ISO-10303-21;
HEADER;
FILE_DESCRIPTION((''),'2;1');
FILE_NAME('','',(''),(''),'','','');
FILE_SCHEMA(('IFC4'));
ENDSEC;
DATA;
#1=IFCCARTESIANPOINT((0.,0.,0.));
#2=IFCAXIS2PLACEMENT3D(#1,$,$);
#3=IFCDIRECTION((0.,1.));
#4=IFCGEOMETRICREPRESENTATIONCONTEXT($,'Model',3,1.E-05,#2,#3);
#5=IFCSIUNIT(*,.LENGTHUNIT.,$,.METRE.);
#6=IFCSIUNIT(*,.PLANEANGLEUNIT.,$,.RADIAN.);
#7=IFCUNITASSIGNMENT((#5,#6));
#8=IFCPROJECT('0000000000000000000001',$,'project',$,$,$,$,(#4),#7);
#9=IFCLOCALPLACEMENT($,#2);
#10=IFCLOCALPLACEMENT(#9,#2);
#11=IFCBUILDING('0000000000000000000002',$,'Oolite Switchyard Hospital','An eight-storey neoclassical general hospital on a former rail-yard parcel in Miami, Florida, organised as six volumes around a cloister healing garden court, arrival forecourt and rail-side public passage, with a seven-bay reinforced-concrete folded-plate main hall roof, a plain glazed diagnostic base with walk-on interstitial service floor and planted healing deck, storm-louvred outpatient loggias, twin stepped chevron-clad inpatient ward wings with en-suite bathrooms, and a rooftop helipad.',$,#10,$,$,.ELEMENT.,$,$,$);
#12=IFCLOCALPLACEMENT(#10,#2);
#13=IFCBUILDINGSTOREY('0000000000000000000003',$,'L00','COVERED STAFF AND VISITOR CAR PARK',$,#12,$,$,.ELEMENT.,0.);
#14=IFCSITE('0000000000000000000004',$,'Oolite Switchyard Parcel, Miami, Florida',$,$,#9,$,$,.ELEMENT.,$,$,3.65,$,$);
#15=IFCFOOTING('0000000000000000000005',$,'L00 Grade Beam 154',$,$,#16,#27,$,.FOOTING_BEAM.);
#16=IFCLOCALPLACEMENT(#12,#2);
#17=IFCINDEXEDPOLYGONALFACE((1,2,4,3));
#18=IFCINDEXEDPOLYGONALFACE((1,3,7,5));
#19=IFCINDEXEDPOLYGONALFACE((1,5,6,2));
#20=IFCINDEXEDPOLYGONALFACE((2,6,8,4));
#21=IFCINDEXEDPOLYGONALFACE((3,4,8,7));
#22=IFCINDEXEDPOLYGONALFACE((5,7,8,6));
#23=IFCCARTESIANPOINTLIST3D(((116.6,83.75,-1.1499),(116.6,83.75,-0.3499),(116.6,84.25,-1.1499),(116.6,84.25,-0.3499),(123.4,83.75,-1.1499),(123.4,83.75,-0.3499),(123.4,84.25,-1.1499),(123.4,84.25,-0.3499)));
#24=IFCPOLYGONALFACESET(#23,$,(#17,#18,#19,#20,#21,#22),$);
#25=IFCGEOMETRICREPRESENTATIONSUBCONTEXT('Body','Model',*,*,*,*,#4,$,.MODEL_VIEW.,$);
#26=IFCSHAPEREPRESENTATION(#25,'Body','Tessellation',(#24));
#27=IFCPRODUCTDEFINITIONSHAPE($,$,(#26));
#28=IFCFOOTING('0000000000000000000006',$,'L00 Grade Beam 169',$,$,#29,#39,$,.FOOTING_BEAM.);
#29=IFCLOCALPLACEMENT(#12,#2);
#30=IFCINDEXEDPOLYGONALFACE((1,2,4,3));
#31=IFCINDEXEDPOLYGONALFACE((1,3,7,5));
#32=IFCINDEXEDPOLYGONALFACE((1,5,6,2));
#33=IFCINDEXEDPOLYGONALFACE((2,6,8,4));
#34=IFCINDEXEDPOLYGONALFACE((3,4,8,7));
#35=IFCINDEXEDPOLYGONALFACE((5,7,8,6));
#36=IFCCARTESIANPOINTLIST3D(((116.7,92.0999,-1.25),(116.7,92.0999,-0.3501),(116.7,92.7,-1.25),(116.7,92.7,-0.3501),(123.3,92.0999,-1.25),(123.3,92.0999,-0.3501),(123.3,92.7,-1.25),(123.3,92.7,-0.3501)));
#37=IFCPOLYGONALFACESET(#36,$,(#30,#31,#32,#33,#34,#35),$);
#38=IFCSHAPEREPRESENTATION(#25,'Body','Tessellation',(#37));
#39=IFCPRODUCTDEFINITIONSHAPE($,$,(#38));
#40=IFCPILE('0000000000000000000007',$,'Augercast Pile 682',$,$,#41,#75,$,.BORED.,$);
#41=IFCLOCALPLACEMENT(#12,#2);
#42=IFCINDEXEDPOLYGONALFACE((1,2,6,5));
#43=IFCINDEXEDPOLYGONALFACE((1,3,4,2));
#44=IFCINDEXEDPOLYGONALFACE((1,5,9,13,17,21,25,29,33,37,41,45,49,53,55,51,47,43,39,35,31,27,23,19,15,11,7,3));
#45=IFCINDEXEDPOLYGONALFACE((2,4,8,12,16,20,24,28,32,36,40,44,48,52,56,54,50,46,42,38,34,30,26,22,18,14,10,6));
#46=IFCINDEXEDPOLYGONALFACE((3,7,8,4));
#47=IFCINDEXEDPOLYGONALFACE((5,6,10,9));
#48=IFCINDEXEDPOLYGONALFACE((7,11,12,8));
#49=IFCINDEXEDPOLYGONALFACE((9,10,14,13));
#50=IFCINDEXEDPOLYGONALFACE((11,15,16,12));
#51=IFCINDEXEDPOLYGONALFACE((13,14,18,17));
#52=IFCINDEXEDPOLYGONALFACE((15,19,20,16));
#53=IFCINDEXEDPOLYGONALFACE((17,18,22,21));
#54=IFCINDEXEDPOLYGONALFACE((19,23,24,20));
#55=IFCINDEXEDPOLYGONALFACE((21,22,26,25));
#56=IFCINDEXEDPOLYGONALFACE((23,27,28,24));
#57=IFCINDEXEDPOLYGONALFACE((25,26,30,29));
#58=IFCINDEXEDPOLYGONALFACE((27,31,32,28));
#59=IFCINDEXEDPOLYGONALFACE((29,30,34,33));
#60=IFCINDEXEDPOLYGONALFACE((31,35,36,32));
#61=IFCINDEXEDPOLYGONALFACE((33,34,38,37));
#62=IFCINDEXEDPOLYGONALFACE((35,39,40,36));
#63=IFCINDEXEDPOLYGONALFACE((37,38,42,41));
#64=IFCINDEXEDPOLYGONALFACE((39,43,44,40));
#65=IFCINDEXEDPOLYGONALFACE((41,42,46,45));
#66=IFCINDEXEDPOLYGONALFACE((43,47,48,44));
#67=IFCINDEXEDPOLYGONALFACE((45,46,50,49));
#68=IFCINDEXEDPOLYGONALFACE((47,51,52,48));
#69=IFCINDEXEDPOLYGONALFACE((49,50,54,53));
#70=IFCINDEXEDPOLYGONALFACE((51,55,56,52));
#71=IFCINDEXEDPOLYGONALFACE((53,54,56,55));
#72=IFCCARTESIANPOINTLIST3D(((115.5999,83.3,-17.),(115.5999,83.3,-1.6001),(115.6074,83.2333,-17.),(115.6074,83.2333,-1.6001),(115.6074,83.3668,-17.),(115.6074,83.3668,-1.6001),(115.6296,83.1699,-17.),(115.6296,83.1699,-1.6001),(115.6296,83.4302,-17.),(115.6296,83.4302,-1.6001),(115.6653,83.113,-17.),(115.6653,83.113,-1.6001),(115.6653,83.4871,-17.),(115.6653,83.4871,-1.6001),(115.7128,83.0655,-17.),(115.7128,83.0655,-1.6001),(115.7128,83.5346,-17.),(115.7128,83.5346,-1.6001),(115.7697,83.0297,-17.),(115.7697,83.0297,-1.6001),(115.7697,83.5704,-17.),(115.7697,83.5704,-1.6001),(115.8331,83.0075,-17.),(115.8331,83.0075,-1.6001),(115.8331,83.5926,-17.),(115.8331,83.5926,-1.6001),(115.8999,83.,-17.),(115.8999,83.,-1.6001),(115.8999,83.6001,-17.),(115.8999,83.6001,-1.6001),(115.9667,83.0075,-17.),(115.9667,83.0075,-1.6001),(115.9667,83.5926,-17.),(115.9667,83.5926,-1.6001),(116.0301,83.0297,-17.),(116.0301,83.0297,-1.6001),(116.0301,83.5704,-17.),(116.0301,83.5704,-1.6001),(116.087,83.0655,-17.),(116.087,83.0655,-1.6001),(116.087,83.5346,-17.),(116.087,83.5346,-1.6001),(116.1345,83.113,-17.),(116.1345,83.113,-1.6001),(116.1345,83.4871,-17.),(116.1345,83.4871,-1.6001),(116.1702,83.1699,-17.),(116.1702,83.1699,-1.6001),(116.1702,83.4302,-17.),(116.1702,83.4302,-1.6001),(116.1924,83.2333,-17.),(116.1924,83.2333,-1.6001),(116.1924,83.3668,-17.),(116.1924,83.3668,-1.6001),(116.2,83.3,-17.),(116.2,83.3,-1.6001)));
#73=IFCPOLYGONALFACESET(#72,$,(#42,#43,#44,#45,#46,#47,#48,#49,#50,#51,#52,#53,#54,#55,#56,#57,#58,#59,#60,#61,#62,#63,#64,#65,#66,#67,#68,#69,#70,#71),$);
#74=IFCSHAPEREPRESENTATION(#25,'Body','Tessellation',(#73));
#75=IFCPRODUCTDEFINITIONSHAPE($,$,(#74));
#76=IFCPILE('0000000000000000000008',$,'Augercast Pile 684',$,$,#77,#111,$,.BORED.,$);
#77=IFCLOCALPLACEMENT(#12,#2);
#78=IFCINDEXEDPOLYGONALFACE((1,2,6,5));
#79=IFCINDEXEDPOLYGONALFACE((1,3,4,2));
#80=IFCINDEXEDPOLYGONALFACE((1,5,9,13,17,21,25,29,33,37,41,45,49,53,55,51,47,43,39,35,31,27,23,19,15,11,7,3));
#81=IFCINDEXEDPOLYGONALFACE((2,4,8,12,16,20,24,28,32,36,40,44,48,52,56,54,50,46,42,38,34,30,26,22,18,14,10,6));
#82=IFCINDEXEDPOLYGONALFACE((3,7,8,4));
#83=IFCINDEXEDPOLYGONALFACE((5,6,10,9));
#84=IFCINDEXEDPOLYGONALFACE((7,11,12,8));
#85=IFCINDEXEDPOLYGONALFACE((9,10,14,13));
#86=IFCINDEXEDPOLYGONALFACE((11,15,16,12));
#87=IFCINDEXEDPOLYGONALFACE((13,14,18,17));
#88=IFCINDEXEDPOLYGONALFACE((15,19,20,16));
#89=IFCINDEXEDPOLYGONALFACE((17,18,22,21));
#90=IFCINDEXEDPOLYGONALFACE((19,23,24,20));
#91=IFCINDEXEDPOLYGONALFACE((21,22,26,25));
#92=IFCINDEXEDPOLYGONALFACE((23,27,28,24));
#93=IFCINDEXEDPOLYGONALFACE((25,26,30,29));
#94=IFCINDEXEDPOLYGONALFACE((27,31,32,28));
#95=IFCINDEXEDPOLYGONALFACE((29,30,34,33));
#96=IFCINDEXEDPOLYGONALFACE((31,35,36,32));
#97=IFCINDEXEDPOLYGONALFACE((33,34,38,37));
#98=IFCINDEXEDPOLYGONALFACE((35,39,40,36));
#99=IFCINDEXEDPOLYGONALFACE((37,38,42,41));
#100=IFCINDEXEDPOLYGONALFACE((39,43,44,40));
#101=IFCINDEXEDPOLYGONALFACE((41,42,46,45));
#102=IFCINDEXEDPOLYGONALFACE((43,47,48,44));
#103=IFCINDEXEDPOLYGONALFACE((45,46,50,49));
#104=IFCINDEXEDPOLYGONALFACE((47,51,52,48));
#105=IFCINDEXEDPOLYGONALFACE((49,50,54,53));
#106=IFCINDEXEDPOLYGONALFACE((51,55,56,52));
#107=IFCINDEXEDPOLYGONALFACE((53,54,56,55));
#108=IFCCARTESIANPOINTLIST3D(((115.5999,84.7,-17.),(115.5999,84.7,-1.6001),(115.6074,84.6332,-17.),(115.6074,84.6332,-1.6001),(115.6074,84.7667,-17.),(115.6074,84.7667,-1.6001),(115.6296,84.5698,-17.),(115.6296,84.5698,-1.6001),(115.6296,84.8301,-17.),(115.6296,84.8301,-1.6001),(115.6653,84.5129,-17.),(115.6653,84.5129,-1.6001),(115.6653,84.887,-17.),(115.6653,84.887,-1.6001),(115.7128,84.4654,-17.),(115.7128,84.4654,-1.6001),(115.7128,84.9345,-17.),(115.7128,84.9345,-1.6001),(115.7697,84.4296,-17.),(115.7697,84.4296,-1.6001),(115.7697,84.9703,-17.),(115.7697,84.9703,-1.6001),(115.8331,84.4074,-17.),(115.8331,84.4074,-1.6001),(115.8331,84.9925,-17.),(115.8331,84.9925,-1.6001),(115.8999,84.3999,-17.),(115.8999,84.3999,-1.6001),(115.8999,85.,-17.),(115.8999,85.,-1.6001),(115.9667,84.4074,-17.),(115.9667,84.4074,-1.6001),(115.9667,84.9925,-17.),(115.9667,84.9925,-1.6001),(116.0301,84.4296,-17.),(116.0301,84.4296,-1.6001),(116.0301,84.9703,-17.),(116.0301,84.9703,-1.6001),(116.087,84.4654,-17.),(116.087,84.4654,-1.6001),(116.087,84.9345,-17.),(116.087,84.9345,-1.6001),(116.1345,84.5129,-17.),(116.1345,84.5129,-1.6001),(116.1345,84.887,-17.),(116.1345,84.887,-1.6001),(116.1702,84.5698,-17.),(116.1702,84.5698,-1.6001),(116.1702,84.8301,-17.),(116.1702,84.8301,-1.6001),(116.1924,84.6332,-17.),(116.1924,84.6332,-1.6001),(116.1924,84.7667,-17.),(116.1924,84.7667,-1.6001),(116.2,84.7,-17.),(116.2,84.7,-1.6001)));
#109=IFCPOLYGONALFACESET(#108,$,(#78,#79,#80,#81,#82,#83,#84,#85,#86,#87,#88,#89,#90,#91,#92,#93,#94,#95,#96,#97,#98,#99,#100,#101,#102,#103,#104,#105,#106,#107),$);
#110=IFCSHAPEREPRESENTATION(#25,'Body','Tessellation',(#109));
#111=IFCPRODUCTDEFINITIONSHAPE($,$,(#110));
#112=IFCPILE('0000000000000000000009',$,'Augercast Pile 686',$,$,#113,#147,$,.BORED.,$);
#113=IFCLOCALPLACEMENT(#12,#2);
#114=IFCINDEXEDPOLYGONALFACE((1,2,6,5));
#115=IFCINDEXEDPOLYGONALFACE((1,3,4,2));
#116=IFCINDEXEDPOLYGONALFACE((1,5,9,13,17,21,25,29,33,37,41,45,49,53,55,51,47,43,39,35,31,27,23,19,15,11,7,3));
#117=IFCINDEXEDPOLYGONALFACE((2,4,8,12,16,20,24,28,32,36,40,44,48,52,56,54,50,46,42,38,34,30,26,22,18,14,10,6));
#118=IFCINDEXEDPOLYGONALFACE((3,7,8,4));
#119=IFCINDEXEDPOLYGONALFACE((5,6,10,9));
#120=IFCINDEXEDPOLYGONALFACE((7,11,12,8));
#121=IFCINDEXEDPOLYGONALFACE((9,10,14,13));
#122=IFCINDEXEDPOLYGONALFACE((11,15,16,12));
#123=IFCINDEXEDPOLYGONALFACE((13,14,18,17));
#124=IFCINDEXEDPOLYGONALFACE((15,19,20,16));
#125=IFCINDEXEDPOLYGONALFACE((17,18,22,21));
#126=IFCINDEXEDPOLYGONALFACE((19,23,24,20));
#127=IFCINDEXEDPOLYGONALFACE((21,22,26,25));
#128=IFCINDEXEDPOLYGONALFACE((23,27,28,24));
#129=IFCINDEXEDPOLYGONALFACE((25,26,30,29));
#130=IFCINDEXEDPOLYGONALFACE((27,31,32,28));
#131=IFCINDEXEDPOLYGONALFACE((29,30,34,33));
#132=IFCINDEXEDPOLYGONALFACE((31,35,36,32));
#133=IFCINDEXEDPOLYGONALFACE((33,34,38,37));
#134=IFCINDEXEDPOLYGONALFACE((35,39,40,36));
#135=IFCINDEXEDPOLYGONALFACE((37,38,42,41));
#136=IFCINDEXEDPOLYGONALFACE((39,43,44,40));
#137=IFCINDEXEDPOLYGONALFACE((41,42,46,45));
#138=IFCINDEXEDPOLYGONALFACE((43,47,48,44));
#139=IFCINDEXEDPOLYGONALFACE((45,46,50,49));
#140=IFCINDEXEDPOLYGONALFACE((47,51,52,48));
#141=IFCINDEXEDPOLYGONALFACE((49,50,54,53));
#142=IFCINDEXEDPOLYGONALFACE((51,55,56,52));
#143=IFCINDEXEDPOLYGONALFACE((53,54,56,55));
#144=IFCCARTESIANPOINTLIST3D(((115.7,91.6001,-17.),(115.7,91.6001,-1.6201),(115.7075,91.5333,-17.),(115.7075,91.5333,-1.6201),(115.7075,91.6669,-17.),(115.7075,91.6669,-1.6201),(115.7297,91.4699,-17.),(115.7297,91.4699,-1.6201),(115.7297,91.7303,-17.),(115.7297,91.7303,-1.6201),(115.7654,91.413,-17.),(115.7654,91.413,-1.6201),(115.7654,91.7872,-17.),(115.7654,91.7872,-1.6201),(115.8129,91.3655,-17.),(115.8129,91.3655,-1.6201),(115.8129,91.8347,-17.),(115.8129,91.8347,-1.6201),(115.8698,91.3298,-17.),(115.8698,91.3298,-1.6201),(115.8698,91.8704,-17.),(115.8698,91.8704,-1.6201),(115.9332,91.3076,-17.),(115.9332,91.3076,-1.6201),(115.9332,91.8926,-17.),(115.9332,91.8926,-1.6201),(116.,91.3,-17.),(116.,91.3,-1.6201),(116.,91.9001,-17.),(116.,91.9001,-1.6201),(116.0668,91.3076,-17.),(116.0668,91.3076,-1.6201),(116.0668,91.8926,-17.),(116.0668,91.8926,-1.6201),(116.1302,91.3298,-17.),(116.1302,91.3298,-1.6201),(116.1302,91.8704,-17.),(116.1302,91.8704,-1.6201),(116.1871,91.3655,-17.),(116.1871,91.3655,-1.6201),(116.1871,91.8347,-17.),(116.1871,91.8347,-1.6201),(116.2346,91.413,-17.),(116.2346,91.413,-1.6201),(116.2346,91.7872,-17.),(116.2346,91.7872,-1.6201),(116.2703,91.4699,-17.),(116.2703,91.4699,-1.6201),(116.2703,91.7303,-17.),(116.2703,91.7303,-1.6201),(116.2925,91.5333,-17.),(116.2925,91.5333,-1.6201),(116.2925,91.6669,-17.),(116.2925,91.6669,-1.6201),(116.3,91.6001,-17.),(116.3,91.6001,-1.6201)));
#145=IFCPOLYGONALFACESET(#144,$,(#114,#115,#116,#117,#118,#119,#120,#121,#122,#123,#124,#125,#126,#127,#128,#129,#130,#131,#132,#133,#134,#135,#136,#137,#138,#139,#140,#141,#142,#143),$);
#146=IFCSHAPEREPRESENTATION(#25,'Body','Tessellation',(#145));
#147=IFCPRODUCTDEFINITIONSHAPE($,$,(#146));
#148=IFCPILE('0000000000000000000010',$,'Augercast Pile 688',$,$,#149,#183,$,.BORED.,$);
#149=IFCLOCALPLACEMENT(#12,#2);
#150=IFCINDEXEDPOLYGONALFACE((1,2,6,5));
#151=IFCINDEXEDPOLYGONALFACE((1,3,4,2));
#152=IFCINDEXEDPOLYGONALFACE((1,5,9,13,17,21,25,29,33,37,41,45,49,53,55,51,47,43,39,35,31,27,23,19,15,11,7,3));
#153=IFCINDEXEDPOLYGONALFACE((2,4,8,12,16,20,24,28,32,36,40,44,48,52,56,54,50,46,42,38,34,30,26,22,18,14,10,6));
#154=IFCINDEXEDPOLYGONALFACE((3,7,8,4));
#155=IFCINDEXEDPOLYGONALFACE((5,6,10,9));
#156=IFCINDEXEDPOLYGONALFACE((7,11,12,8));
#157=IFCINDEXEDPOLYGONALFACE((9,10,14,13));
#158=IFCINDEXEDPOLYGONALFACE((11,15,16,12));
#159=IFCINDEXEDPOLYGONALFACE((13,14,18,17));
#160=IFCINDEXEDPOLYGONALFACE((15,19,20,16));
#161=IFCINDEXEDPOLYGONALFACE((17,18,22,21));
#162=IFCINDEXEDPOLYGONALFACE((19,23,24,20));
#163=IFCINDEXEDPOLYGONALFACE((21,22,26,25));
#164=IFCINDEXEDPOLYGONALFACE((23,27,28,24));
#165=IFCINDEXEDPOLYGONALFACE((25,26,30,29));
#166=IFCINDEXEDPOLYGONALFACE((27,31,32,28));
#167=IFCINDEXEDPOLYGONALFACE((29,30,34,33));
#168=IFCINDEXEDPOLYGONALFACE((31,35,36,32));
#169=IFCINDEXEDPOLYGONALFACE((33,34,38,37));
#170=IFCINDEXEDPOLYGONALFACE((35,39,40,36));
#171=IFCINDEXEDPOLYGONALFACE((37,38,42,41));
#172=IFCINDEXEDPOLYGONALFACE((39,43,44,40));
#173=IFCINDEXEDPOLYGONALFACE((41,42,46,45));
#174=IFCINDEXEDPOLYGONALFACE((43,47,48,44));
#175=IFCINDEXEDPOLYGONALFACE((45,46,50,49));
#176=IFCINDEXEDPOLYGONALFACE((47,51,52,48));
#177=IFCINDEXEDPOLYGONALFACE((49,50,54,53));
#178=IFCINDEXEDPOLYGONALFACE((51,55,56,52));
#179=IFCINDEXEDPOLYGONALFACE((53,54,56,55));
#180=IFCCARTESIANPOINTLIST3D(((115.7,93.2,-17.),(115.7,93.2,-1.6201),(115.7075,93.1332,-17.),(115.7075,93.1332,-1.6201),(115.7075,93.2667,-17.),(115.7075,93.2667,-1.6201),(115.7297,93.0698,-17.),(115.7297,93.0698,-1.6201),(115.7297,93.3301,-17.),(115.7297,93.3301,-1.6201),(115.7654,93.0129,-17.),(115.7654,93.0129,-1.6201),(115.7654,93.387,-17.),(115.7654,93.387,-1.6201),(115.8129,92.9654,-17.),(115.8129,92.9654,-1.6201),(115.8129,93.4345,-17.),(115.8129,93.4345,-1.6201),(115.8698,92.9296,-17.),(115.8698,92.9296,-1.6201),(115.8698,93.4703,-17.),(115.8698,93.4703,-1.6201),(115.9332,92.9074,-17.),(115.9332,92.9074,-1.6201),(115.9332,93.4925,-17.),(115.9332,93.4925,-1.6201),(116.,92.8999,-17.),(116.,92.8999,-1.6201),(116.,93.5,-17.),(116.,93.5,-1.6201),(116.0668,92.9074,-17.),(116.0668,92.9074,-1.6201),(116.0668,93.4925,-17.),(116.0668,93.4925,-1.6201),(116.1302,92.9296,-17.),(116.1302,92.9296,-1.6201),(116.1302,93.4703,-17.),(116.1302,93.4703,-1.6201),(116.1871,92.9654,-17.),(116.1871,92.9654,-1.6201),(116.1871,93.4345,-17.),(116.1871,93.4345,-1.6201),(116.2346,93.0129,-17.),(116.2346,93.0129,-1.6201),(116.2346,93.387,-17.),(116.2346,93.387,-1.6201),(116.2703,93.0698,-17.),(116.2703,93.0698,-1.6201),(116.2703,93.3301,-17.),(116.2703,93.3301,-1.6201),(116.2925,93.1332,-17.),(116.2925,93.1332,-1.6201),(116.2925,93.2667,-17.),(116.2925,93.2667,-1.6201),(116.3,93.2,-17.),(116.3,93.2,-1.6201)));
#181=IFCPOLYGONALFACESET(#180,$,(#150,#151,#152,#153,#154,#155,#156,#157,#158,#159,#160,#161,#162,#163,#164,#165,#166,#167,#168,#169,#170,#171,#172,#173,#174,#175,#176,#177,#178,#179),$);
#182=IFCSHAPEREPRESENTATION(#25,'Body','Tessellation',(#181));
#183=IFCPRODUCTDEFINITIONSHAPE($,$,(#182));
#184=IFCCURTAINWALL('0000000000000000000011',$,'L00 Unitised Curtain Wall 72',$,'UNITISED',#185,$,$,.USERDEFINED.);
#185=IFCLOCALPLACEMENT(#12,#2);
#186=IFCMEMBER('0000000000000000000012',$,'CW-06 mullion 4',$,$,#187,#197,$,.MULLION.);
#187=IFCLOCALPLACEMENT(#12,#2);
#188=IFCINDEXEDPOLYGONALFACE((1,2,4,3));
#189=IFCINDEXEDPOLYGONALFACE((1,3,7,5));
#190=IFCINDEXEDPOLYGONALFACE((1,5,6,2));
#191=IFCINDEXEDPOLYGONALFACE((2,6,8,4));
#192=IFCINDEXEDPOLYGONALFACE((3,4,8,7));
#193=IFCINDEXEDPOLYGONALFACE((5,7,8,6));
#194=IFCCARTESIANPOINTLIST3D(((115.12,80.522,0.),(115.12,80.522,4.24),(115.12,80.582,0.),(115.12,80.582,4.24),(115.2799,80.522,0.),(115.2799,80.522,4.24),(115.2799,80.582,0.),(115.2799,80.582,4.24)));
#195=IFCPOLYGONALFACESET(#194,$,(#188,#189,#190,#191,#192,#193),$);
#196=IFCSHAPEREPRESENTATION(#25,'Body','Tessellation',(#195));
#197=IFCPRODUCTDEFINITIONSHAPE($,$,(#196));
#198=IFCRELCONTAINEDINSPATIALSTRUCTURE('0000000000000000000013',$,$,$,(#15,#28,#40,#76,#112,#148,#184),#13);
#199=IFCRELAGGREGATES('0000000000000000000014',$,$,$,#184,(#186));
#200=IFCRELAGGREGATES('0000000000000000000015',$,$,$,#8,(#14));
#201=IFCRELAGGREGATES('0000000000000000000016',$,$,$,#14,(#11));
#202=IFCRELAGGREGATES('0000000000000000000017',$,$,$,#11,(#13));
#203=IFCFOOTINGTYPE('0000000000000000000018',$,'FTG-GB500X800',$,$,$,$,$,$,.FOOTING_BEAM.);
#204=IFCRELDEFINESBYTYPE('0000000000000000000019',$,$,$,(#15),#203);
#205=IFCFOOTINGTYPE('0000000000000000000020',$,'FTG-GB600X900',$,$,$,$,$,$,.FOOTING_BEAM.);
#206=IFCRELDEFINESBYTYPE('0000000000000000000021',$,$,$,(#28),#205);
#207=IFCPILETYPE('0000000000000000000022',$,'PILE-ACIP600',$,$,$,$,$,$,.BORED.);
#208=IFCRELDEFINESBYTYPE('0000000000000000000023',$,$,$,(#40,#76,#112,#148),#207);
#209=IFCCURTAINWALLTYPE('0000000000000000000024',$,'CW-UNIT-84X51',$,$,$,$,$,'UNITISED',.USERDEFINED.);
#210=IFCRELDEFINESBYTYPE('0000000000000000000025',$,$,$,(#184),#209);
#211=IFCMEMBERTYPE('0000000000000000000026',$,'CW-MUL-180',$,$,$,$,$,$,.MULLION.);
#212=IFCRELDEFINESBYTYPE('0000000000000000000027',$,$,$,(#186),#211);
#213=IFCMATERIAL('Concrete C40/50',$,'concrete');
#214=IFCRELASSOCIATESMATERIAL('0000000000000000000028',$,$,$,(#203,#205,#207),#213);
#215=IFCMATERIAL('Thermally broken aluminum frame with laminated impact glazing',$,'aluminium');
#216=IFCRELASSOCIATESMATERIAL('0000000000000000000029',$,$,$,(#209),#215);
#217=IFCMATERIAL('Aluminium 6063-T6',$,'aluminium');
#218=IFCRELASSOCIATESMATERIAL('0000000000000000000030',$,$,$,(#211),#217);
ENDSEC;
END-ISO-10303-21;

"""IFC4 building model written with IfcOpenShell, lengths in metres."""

from ifc_helpers import new_model, si_unit, direction, frame, origin, origin_2d, place, context, subcontext, project, spatial, rectangle, circle, extrude, material, material_profile, profile_set, type_object, element, aggregate, save


model = new_model("IFC4")

# Units and contexts
model_context = context("Model", 3, precision=1e-05, world=origin(), true_north=direction((0.0, 1.0)))
body_context = subcontext(model_context, "Body", "Model", "MODEL_VIEW")
ifc_project = project(units=[si_unit("LENGTHUNIT", "METRE"), si_unit("PLANEANGLEUNIT", "RADIAN")], contexts=[model_context])

# Site, building, storey
site_placement = place(None, origin())
site = spatial("IfcSite", under=ifc_project, at=site_placement, Name="Oolite Switchyard Parcel, Miami, Florida", CompositionType="ELEMENT", RefElevation=3.65)
building_placement = place(site_placement, origin())
building = spatial("IfcBuilding", under=site, at=building_placement, Name="Oolite Switchyard Hospital", Description="An eight-storey neoclassical general hospital on a former rail-yard parcel in Miami, Florida, organised as six volumes around a cloister healing garden court, arrival forecourt and rail-side public passage, with a seven-bay reinforced-concrete folded-plate main hall roof, a plain glazed diagnostic base with walk-on interstitial service floor and planted healing deck, storm-louvred outpatient loggias, twin stepped chevron-clad inpatient ward wings with en-suite bathrooms, and a rooftop helipad.", CompositionType="ELEMENT")
storey_placement = place(building_placement, origin())
storey = spatial("IfcBuildingStorey", under=building, at=storey_placement, Name="L00", Description="COVERED STAFF AND VISITOR CAR PARK", CompositionType="ELEMENT", Elevation=0.0)

# Footings
ifc_material_1 = material(Name="Concrete C40/50", Category="concrete")
footing_type_1 = type_object("IfcFootingType", Name="FTG-GB500X800", PredefinedType="FOOTING_BEAM", material=ifc_material_1)
footing_1_placement = place(storey_placement, frame((120.0, 84.0, -1.1499), z_axis=(0.0, 0.0, 1.0), x_axis=(1.0, 0.0, 0.0)))
element("IfcFooting", 1, at=footing_1_placement, inside=storey, type_object=footing_type_1, Name="L00 Grade Beam 154", PredefinedType="FOOTING_BEAM", context=body_context, shape_type="SweptSolid", body=[
    extrude(rectangle(XDim=6.8, YDim=0.5, at=origin_2d()), origin(), (0.0, 0.0, 1.0), 0.8),
])
footing_type_2 = type_object("IfcFootingType", Name="FTG-GB600X900", PredefinedType="FOOTING_BEAM", material=ifc_material_1)
footing_2_placement = place(storey_placement, frame((120.0, 92.3999, -1.25), z_axis=(0.0, 0.0, 1.0), x_axis=(1.0, 0.0, 0.0)))
element("IfcFooting", 2, at=footing_2_placement, inside=storey, type_object=footing_type_2, Name="L00 Grade Beam 169", PredefinedType="FOOTING_BEAM", context=body_context, shape_type="SweptSolid", body=[
    extrude(rectangle(XDim=6.6001, YDim=0.6001, at=origin_2d()), origin(), (0.0, 0.0, 1.0), 0.8999),
])

# Piles
ifc_material_profile_1 = material_profile(ifc_material_1, circle(Radius=0.3, at=origin_2d()), Name="PILE600")
ifc_profile_set_1 = profile_set([ifc_material_profile_1], Name="Concrete C40/50")
pile_type = type_object("IfcPileType", Name="PILE-ACIP600", PredefinedType="BORED", material=ifc_profile_set_1)
for number, where, z_axis, x_axis, name in (
    (3, (115.8999, 83.3, -1.6001), (0.0, 0.0, -1.0), (1.0, 0.0, 0.0), "Augercast Pile 682"),
    (4, (115.8999, 84.7, -1.6001), (0.0, 0.0, -1.0), (1.0, 0.0, 0.0), "Augercast Pile 684"),
):
    element("IfcPile", number, at=place(storey_placement, frame(where, z_axis=z_axis, x_axis=x_axis)), inside=storey, type_object=pile_type, Name=name, PredefinedType="BORED", context=body_context, shape_type="SweptSolid", body=[
        extrude(circle(Radius=0.3, at=origin_2d()), origin(), (0.0, 0.0, 1.0), 15.3999),
    ])
for number, where, z_axis, x_axis, name in (
    (5, (116.0, 91.6001, -1.6201), (0.0, 0.0, -1.0), (1.0, 0.0, 0.0), "Augercast Pile 686"),
    (6, (116.0, 93.2, -1.6201), (0.0, 0.0, -1.0), (1.0, 0.0, 0.0), "Augercast Pile 688"),
):
    element("IfcPile", number, at=place(storey_placement, frame(where, z_axis=z_axis, x_axis=x_axis)), inside=storey, type_object=pile_type, Name=name, PredefinedType="BORED", context=body_context, shape_type="SweptSolid", body=[
        extrude(circle(Radius=0.3, at=origin_2d()), origin(), (0.0, 0.0, 1.0), 15.3799),
    ])

# Curtain wall, member
ifc_material_2 = material(Name="Thermally broken aluminum frame with laminated impact glazing", Category="aluminium")
curtain_wall_type = type_object("IfcCurtainWallType", Name="CW-UNIT-84X51", ElementType="UNITISED", PredefinedType="USERDEFINED", material=ifc_material_2)
curtain_wall_placement = place(storey_placement, origin())
curtain_wall = element("IfcCurtainWall", 7, at=curtain_wall_placement, inside=storey, type_object=curtain_wall_type, Name="L00 Unitised Curtain Wall 72", ObjectType="UNITISED", PredefinedType="USERDEFINED")
ifc_material_3 = material(Name="Aluminium 6063-T6", Category="aluminium")
ifc_material_profile_2 = material_profile(ifc_material_3, rectangle(XDim=0.1599, YDim=0.0601, at=origin_2d()), Name="CWM60X160")
ifc_profile_set_2 = profile_set([ifc_material_profile_2], Name="Aluminium 6063-T6")
member_type_1 = type_object("IfcMemberType", Name="CW-MUL-180", PredefinedType="MULLION", material=ifc_profile_set_2)
member_1_placement = place(storey_placement, frame((115.2, 80.552, 0.0), z_axis=(0.0, 0.0, 1.0), x_axis=(-1.0, 0.0, 0.0)))
member_1 = element("IfcMember", 8, at=member_1_placement, type_object=member_type_1, Name="CW-06 mullion 4", PredefinedType="MULLION", context=body_context, shape_type="SweptSolid", body=[
    extrude(rectangle(XDim=0.1599, YDim=0.0601, at=origin_2d()), origin(), (0.0, 0.0, 1.0), 4.24),
])
aggregate(curtain_wall, [member_1])

save(model, "model.ifc")
